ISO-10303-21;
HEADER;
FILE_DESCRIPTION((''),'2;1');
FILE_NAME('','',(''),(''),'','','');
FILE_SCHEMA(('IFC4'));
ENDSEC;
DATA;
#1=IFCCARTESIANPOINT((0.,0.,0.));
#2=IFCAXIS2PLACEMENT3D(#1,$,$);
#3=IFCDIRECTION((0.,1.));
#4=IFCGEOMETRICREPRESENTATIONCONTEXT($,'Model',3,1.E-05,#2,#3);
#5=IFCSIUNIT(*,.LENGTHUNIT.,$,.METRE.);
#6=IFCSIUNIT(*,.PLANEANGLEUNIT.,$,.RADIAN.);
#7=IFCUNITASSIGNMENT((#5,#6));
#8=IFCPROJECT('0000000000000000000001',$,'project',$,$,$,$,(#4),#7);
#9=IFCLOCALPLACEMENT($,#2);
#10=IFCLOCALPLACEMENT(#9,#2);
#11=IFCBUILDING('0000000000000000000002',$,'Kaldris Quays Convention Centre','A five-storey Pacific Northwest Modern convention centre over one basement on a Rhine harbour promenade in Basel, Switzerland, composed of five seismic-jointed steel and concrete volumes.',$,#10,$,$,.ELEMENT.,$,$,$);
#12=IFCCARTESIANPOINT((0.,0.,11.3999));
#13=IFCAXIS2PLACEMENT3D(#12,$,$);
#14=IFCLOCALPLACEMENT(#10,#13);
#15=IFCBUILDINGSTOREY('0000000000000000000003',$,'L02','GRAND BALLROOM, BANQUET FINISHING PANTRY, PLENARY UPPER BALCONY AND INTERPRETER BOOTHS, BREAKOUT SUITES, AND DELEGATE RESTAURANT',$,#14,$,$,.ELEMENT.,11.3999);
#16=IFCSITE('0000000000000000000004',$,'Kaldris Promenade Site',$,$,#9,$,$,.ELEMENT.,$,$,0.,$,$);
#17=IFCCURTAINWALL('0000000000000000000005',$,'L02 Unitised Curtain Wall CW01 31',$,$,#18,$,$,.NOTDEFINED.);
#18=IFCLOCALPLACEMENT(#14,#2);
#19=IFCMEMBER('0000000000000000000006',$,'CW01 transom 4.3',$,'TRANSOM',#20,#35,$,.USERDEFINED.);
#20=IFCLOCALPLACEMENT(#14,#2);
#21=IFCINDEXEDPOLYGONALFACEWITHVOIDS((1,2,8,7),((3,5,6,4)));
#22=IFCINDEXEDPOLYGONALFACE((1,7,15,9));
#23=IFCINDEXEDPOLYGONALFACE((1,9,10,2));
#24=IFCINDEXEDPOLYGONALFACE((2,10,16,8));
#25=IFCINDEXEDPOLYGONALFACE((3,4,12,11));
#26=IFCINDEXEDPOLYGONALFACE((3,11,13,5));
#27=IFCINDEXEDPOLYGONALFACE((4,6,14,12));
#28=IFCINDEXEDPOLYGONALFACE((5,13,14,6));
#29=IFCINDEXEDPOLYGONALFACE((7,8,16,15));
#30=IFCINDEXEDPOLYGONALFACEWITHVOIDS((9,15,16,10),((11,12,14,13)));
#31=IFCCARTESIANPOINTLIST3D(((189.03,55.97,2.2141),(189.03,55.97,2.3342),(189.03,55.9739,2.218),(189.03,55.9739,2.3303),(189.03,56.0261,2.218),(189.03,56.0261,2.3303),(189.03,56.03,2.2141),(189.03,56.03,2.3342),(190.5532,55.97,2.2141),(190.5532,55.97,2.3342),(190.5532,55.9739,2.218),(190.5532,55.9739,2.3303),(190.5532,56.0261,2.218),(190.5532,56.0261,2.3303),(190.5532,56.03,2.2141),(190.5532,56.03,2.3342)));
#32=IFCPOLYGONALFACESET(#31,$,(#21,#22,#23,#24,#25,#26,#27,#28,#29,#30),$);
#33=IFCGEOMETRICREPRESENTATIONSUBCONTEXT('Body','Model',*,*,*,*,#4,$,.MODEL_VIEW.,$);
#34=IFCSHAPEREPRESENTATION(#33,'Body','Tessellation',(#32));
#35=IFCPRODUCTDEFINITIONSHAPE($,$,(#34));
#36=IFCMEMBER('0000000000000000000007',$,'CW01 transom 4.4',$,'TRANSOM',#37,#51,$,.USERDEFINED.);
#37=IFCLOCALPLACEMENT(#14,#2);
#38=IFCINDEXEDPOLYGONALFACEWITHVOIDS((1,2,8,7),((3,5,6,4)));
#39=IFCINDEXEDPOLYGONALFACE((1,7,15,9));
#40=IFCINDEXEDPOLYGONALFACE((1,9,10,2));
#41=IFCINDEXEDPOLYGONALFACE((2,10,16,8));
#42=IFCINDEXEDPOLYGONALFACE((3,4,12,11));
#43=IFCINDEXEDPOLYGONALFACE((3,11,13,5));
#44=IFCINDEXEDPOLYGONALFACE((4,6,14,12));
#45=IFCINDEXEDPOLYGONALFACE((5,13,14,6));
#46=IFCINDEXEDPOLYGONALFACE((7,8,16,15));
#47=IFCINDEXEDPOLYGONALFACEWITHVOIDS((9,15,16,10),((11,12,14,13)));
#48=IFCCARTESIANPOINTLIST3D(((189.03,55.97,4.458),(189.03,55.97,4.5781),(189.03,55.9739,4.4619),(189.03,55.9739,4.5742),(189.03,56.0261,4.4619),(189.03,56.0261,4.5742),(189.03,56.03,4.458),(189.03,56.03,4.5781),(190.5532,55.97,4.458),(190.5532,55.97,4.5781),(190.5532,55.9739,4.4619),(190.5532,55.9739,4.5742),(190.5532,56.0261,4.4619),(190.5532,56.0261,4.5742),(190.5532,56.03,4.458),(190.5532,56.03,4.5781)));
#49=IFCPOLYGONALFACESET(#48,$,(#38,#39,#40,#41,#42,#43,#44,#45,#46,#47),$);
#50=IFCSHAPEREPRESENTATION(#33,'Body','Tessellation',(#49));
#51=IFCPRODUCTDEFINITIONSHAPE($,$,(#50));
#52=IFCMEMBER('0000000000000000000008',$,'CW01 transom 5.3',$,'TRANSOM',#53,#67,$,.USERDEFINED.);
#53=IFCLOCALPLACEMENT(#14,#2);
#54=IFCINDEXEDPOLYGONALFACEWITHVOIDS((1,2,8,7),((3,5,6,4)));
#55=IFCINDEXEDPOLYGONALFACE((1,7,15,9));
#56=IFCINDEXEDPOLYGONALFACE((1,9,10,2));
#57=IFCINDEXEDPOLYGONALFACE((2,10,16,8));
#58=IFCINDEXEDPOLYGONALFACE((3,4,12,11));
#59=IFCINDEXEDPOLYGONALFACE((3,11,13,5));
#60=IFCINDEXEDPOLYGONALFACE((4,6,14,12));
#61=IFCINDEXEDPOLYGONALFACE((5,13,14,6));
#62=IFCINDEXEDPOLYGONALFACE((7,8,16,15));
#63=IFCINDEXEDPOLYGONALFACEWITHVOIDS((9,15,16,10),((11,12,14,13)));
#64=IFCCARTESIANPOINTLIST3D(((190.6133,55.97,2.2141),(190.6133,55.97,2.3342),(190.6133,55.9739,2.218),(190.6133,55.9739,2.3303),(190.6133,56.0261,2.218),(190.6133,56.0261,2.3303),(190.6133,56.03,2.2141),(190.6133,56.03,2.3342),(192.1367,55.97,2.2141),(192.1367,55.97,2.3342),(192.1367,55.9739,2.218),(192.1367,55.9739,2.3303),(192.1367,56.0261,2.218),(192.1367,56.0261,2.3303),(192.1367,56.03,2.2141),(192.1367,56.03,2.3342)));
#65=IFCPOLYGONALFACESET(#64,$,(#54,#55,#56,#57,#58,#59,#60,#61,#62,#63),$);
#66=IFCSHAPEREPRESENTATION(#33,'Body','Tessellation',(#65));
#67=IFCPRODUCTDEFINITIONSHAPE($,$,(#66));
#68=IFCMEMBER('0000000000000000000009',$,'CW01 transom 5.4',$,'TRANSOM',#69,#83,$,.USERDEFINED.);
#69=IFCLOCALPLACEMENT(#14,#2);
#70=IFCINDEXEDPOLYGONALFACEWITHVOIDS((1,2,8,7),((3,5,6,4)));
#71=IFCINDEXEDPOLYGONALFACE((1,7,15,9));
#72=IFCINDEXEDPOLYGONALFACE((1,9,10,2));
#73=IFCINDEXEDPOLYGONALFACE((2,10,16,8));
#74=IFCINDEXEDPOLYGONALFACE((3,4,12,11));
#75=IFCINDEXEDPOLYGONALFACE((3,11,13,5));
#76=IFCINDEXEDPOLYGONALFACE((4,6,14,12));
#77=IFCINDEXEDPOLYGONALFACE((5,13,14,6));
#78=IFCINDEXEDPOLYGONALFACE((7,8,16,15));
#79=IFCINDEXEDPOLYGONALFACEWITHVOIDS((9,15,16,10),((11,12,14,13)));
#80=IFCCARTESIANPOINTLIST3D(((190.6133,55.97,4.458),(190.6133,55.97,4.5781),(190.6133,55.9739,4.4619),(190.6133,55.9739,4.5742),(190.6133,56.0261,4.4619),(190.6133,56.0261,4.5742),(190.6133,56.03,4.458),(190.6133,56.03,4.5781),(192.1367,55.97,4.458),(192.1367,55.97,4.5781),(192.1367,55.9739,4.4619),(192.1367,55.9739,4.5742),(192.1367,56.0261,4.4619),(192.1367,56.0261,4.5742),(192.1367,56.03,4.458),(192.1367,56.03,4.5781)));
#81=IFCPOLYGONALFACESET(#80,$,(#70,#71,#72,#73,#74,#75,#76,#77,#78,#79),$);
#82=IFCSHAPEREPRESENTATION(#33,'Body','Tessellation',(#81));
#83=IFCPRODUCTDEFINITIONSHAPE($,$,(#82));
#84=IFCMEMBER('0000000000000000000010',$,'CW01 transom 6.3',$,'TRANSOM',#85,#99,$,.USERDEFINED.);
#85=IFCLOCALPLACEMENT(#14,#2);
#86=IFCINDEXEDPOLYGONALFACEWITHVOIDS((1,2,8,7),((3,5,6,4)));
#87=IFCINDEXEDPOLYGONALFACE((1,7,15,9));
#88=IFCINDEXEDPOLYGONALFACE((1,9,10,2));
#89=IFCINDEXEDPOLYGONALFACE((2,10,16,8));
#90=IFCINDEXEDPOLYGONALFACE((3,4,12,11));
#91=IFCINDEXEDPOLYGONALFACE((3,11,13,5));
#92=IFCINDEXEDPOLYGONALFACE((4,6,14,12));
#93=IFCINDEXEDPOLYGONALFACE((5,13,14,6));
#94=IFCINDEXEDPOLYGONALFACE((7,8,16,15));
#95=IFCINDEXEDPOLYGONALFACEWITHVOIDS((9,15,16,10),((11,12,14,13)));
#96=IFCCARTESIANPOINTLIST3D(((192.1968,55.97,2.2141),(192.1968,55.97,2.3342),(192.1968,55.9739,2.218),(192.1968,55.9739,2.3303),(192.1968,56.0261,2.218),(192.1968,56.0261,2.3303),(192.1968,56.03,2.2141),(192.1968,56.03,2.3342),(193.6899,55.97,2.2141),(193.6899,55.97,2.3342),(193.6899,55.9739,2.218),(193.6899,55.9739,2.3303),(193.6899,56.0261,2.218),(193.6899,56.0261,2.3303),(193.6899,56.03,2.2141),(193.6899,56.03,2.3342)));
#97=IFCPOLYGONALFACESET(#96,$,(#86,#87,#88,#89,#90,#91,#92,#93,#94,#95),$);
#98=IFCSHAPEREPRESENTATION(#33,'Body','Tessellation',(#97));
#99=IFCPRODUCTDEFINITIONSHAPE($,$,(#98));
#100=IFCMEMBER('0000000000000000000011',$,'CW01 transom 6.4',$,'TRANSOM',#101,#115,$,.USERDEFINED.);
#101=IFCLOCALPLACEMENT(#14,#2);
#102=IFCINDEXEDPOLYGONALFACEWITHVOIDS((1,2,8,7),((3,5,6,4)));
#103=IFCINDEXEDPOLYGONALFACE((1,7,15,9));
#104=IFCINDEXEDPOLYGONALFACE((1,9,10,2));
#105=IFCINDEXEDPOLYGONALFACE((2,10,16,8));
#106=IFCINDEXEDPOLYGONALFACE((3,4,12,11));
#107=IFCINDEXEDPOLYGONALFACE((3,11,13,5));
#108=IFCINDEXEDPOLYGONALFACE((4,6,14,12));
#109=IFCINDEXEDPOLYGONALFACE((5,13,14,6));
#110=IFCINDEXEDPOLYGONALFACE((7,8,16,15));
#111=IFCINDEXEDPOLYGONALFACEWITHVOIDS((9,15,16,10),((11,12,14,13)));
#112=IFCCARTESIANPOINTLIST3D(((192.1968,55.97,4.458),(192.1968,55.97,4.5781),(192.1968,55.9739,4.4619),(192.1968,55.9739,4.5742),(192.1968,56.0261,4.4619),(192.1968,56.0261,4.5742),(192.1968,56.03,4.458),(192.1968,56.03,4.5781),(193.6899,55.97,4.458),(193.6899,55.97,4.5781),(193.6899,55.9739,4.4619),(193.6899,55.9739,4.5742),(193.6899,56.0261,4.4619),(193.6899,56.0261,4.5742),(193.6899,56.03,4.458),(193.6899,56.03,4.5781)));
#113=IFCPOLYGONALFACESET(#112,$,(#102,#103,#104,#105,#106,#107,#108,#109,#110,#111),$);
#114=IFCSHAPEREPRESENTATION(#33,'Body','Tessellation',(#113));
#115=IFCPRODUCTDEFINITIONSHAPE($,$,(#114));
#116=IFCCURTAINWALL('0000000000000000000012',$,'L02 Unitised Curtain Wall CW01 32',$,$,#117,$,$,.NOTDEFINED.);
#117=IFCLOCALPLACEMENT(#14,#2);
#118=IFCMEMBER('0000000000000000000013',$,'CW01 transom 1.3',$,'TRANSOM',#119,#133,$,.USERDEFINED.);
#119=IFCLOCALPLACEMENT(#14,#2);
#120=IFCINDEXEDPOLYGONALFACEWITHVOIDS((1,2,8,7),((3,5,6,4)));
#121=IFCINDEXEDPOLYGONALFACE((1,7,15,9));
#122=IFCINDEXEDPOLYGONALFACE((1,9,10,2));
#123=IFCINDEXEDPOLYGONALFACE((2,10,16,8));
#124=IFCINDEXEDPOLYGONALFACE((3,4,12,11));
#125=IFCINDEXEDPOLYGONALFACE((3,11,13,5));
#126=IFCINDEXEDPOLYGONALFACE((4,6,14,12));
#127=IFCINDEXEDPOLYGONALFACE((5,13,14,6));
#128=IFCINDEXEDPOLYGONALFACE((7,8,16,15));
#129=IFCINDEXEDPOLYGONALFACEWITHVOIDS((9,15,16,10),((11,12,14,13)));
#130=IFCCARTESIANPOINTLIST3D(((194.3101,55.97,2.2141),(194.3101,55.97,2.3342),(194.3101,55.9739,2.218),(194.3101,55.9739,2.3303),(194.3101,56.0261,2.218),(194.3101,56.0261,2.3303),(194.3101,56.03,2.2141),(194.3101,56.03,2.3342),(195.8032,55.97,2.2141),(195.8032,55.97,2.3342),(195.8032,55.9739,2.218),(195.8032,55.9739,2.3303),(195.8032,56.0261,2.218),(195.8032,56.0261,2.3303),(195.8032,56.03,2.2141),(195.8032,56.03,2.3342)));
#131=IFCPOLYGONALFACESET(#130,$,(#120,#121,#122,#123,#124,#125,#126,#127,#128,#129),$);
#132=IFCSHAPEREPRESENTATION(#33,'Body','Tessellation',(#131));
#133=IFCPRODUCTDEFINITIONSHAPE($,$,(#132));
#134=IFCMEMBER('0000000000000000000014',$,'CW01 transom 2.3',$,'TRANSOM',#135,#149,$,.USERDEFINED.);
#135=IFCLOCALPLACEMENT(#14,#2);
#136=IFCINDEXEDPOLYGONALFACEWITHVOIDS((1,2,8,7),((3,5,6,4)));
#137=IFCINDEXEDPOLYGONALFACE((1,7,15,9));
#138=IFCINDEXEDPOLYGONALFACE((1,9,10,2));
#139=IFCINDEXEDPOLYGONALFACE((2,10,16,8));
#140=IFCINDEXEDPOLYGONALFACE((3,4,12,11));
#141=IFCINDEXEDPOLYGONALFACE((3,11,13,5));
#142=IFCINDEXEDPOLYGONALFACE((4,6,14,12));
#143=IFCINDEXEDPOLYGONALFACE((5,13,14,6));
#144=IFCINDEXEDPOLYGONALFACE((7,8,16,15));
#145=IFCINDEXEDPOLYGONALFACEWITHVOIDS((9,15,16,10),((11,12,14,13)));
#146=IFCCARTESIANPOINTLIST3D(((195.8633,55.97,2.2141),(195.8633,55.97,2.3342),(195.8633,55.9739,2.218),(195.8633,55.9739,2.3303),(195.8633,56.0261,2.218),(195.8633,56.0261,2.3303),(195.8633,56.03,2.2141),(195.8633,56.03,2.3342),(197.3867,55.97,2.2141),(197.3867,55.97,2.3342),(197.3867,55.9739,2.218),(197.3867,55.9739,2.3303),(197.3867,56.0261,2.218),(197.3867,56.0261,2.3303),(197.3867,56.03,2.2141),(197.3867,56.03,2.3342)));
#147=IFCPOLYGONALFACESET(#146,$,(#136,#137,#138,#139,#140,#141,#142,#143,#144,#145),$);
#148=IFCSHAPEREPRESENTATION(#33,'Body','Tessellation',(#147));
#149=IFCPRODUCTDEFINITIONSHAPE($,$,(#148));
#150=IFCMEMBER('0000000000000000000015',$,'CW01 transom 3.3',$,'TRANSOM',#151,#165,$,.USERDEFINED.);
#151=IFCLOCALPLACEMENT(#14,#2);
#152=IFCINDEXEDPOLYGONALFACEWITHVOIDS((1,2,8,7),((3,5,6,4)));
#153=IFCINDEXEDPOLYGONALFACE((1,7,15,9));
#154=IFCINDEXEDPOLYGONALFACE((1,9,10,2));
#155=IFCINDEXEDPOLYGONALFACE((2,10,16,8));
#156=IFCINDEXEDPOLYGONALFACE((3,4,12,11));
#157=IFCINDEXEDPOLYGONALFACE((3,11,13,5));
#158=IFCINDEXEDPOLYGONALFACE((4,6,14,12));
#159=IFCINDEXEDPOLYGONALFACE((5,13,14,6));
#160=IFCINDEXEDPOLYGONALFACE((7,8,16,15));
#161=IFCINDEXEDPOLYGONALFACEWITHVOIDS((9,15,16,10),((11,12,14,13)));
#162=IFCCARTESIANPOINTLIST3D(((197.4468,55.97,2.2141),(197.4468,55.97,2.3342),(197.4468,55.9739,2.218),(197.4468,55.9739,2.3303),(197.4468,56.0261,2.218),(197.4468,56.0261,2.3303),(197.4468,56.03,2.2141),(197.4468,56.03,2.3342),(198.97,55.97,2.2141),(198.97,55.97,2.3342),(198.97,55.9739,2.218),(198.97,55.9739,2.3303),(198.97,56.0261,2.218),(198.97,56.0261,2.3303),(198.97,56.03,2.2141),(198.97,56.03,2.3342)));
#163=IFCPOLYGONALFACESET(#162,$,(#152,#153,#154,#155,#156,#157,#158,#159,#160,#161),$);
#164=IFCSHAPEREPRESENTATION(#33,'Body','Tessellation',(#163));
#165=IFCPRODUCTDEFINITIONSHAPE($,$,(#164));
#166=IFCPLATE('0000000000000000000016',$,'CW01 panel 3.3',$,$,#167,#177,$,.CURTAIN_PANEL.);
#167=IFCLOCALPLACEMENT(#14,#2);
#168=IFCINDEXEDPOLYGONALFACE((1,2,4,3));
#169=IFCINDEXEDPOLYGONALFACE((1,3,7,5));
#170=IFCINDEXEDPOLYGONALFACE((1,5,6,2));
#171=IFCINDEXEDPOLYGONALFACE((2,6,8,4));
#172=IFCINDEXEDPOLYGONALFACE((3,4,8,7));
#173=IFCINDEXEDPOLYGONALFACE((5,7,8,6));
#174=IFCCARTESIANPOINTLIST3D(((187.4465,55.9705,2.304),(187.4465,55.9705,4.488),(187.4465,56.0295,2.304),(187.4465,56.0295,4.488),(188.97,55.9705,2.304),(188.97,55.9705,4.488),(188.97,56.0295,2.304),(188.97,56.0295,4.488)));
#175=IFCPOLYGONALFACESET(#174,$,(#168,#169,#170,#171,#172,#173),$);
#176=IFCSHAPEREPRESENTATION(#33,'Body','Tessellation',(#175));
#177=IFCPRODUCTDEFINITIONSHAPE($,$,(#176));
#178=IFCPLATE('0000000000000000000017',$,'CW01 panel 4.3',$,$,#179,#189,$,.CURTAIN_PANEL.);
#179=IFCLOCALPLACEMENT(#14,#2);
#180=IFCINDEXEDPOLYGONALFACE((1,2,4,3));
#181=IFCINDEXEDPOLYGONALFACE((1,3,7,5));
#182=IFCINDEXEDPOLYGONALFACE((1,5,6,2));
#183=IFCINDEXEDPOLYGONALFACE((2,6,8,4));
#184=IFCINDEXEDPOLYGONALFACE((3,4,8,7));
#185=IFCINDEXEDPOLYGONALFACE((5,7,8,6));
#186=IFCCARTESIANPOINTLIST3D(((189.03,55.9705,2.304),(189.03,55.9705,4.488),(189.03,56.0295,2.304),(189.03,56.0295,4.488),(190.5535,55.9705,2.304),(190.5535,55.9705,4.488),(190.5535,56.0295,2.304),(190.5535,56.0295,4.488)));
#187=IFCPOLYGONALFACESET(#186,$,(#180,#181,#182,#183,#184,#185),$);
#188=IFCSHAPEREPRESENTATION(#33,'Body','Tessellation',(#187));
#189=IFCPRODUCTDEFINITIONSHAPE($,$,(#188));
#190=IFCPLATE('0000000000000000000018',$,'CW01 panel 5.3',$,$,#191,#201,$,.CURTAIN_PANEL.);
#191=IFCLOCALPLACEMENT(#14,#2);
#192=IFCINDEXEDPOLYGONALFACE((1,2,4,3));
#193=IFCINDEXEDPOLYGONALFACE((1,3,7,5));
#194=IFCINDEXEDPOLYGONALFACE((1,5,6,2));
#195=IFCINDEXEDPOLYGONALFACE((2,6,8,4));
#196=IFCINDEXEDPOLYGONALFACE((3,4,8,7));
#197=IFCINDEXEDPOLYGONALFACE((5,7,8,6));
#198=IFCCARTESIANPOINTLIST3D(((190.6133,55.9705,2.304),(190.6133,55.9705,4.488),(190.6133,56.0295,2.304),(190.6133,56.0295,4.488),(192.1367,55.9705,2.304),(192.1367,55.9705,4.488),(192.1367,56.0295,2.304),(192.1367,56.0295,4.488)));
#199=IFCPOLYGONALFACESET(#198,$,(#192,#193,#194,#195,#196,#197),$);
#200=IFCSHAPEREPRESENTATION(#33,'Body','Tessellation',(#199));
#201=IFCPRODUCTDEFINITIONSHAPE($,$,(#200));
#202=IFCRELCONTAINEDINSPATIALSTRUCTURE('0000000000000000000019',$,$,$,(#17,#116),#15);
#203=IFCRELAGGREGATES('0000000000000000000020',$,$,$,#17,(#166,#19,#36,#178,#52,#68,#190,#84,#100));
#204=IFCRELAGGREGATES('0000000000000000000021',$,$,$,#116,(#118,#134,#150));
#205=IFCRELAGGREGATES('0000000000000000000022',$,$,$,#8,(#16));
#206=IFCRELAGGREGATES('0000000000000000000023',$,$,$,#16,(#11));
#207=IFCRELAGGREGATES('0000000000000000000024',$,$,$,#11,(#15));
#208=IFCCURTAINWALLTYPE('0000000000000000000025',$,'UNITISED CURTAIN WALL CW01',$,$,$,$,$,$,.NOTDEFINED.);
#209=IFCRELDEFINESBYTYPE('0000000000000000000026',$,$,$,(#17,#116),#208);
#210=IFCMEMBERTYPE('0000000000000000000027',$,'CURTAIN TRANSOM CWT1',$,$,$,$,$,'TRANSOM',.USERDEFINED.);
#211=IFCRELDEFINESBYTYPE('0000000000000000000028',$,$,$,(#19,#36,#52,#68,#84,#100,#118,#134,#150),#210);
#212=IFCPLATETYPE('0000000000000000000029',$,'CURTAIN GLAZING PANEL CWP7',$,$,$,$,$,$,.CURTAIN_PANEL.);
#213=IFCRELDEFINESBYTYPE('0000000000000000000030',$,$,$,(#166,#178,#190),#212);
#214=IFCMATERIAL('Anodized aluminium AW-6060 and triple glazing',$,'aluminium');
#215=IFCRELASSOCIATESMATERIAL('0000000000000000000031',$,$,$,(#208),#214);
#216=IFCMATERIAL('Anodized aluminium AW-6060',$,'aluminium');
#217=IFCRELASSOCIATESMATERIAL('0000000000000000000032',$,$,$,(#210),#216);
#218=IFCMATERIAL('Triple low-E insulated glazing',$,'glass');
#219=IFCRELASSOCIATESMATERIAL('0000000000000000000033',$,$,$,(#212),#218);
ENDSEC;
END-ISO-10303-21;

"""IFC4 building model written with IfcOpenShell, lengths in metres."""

from ifc_helpers import new_model, si_unit, direction, frame, origin, origin_2d, place, context, subcontext, project, spatial, rectangle, hollow_rectangle, extrude, material, material_profile, profile_set, type_object, element, aggregate, save


model = new_model("IFC4")

# Units and contexts
model_context = context("Model", 3, precision=1e-05, world=origin(), true_north=direction((0.0, 1.0)))
body_context = subcontext(model_context, "Body", "Model", "MODEL_VIEW")
ifc_project = project(units=[si_unit("LENGTHUNIT", "METRE"), si_unit("PLANEANGLEUNIT", "RADIAN")], contexts=[model_context])

# Site, building, storey
site_placement = place(None, origin())
site = spatial("IfcSite", under=ifc_project, at=site_placement, Name="Kaldris Promenade Site", CompositionType="ELEMENT", RefElevation=0.0)
building_placement = place(site_placement, origin())
building = spatial("IfcBuilding", under=site, at=building_placement, Name="Kaldris Quays Convention Centre", Description="A five-storey Pacific Northwest Modern convention centre over one basement on a Rhine harbour promenade in Basel, Switzerland, composed of five seismic-jointed steel and concrete volumes.", CompositionType="ELEMENT")
storey_placement = place(building_placement, frame((0.0, 0.0, 11.3999)))
storey = spatial("IfcBuildingStorey", under=building, at=storey_placement, Name="L02", Description="GRAND BALLROOM, BANQUET FINISHING PANTRY, PLENARY UPPER BALCONY AND INTERPRETER BOOTHS, BREAKOUT SUITES, AND DELEGATE RESTAURANT", CompositionType="ELEMENT", Elevation=11.3999)

# Curtain walls, members
ifc_material_1 = material(Name="Anodized aluminium AW-6060 and triple glazing", Category="aluminium")
curtain_wall_type = type_object("IfcCurtainWallType", Name="UNITISED CURTAIN WALL CW01", PredefinedType="NOTDEFINED", material=ifc_material_1)
curtain_wall_1_placement = place(storey_placement, origin())
curtain_wall_1 = element("IfcCurtainWall", 1, at=curtain_wall_1_placement, inside=storey, type_object=curtain_wall_type, Name="L02 Unitised Curtain Wall CW01 31", PredefinedType="NOTDEFINED")
ifc_material_2 = material(Name="Anodized aluminium AW-6060", Category="aluminium")
ifc_material_profile = material_profile(ifc_material_2, hollow_rectangle(XDim=0.0601, YDim=0.1201, WallThickness=0.0039, at=origin_2d()), Name="RHS 120x60x4")
ifc_profile_set = profile_set([ifc_material_profile], Name="Anodized aluminium AW-6060")
member_type = type_object("IfcMemberType", Name="CURTAIN TRANSOM CWT1", ElementType="TRANSOM", PredefinedType="USERDEFINED", material=ifc_profile_set)
member_1_placement = place(storey_placement, frame((189.03, 56.0, 2.2742), z_axis=(1.0, 0.0, 0.0), x_axis=(0.0, 1.0, 0.0)))
member_1 = element("IfcMember", 2, at=member_1_placement, type_object=member_type, Name="CW01 transom 4.3", ObjectType="TRANSOM", PredefinedType="USERDEFINED", context=body_context, shape_type="SweptSolid", body=[
    extrude(hollow_rectangle(XDim=0.0601, YDim=0.1201, WallThickness=0.0039, at=origin_2d()), origin(), (0.0, 0.0, 1.0), 1.5232),
])
member_2_placement = place(storey_placement, frame((189.03, 56.0, 4.5181), z_axis=(1.0, 0.0, 0.0), x_axis=(0.0, 1.0, 0.0)))
member_2 = element("IfcMember", 3, at=member_2_placement, type_object=member_type, Name="CW01 transom 4.4", ObjectType="TRANSOM", PredefinedType="USERDEFINED", context=body_context, shape_type="SweptSolid", body=[
    extrude(hollow_rectangle(XDim=0.0601, YDim=0.1201, WallThickness=0.0039, at=origin_2d()), origin(), (0.0, 0.0, 1.0), 1.5232),
])
member_3_placement = place(storey_placement, frame((190.6133, 56.0, 2.2742), z_axis=(1.0, 0.0, 0.0), x_axis=(0.0, 1.0, 0.0)))
member_3 = element("IfcMember", 4, at=member_3_placement, type_object=member_type, Name="CW01 transom 5.3", ObjectType="TRANSOM", PredefinedType="USERDEFINED", context=body_context, shape_type="SweptSolid", body=[
    extrude(hollow_rectangle(XDim=0.0601, YDim=0.1201, WallThickness=0.0039, at=origin_2d()), origin(), (0.0, 0.0, 1.0), 1.5234),
])
member_4_placement = place(storey_placement, frame((190.6133, 56.0, 4.5181), z_axis=(1.0, 0.0, 0.0), x_axis=(0.0, 1.0, 0.0)))
member_4 = element("IfcMember", 5, at=member_4_placement, type_object=member_type, Name="CW01 transom 5.4", ObjectType="TRANSOM", PredefinedType="USERDEFINED", context=body_context, shape_type="SweptSolid", body=[
    extrude(hollow_rectangle(XDim=0.0601, YDim=0.1201, WallThickness=0.0039, at=origin_2d()), origin(), (0.0, 0.0, 1.0), 1.5234),
])
member_5_placement = place(storey_placement, frame((192.1968, 56.0, 2.2742), z_axis=(1.0, 0.0, 0.0), x_axis=(0.0, 1.0, 0.0)))
member_5 = element("IfcMember", 6, at=member_5_placement, type_object=member_type, Name="CW01 transom 6.3", ObjectType="TRANSOM", PredefinedType="USERDEFINED", context=body_context, shape_type="SweptSolid", body=[
    extrude(hollow_rectangle(XDim=0.0601, YDim=0.1201, WallThickness=0.0039, at=origin_2d()), origin(), (0.0, 0.0, 1.0), 1.4932),
])
member_6_placement = place(storey_placement, frame((192.1968, 56.0, 4.5181), z_axis=(1.0, 0.0, 0.0), x_axis=(0.0, 1.0, 0.0)))
member_6 = element("IfcMember", 7, at=member_6_placement, type_object=member_type, Name="CW01 transom 6.4", ObjectType="TRANSOM", PredefinedType="USERDEFINED", context=body_context, shape_type="SweptSolid", body=[
    extrude(hollow_rectangle(XDim=0.0601, YDim=0.1201, WallThickness=0.0039, at=origin_2d()), origin(), (0.0, 0.0, 1.0), 1.4932),
])
curtain_wall_2_placement = place(storey_placement, origin())
curtain_wall_2 = element("IfcCurtainWall", 8, at=curtain_wall_2_placement, inside=storey, type_object=curtain_wall_type, Name="L02 Unitised Curtain Wall CW01 32", PredefinedType="NOTDEFINED")
member_7_placement = place(storey_placement, frame((194.3101, 56.0, 2.2742), z_axis=(1.0, 0.0, 0.0), x_axis=(0.0, 1.0, 0.0)))
member_7 = element("IfcMember", 9, at=member_7_placement, type_object=member_type, Name="CW01 transom 1.3", ObjectType="TRANSOM", PredefinedType="USERDEFINED", context=body_context, shape_type="SweptSolid", body=[
    extrude(hollow_rectangle(XDim=0.0601, YDim=0.1201, WallThickness=0.0039, at=origin_2d()), origin(), (0.0, 0.0, 1.0), 1.4932),
])
member_8_placement = place(storey_placement, frame((195.8633, 56.0, 2.2742), z_axis=(1.0, 0.0, 0.0), x_axis=(0.0, 1.0, 0.0)))
member_8 = element("IfcMember", 10, at=member_8_placement, type_object=member_type, Name="CW01 transom 2.3", ObjectType="TRANSOM", PredefinedType="USERDEFINED", context=body_context, shape_type="SweptSolid", body=[
    extrude(hollow_rectangle(XDim=0.0601, YDim=0.1201, WallThickness=0.0039, at=origin_2d()), origin(), (0.0, 0.0, 1.0), 1.5234),
])
member_9_placement = place(storey_placement, frame((197.4468, 56.0, 2.2742), z_axis=(1.0, 0.0, 0.0), x_axis=(0.0, 1.0, 0.0)))
member_9 = element("IfcMember", 11, at=member_9_placement, type_object=member_type, Name="CW01 transom 3.3", ObjectType="TRANSOM", PredefinedType="USERDEFINED", context=body_context, shape_type="SweptSolid", body=[
    extrude(hollow_rectangle(XDim=0.0601, YDim=0.1201, WallThickness=0.0039, at=origin_2d()), origin(), (0.0, 0.0, 1.0), 1.5232),
])

# Plates
ifc_material_3 = material(Name="Triple low-E insulated glazing", Category="glass")
plate_type_1 = type_object("IfcPlateType", Name="CURTAIN GLAZING PANEL CWP7", PredefinedType="CURTAIN_PANEL", material=ifc_material_3)
plate_1_placement = place(storey_placement, frame((188.2083, 56.0, 2.304), z_axis=(0.0, 0.0, 1.0), x_axis=(1.0, 0.0, 0.0)))
plate_1 = element("IfcPlate", 12, at=plate_1_placement, type_object=plate_type_1, Name="CW01 panel 3.3", PredefinedType="CURTAIN_PANEL", context=body_context, shape_type="SweptSolid", body=[
    extrude(rectangle(XDim=1.5234, YDim=0.0591, at=origin_2d()), origin(), (0.0, 0.0, 1.0), 2.1841),
])
plate_2_placement = place(storey_placement, frame((189.7917, 56.0, 2.304), z_axis=(0.0, 0.0, 1.0), x_axis=(1.0, 0.0, 0.0)))
plate_2 = element("IfcPlate", 13, at=plate_2_placement, type_object=plate_type_1, Name="CW01 panel 4.3", PredefinedType="CURTAIN_PANEL", context=body_context, shape_type="SweptSolid", body=[
    extrude(rectangle(XDim=1.5234, YDim=0.0591, at=origin_2d()), origin(), (0.0, 0.0, 1.0), 2.1841),
])
plate_3_placement = place(storey_placement, frame((191.375, 56.0, 2.304), z_axis=(0.0, 0.0, 1.0), x_axis=(1.0, 0.0, 0.0)))
plate_3 = element("IfcPlate", 14, at=plate_3_placement, type_object=plate_type_1, Name="CW01 panel 5.3", PredefinedType="CURTAIN_PANEL", context=body_context, shape_type="SweptSolid", body=[
    extrude(rectangle(XDim=1.5234, YDim=0.0591, at=origin_2d()), origin(), (0.0, 0.0, 1.0), 2.1841),
])
aggregate(curtain_wall_1, [plate_1, member_1, member_2, plate_2, member_3, member_4, plate_3, member_5, member_6])
aggregate(curtain_wall_2, [member_7, member_8, member_9])

save(model, "model.ifc")
